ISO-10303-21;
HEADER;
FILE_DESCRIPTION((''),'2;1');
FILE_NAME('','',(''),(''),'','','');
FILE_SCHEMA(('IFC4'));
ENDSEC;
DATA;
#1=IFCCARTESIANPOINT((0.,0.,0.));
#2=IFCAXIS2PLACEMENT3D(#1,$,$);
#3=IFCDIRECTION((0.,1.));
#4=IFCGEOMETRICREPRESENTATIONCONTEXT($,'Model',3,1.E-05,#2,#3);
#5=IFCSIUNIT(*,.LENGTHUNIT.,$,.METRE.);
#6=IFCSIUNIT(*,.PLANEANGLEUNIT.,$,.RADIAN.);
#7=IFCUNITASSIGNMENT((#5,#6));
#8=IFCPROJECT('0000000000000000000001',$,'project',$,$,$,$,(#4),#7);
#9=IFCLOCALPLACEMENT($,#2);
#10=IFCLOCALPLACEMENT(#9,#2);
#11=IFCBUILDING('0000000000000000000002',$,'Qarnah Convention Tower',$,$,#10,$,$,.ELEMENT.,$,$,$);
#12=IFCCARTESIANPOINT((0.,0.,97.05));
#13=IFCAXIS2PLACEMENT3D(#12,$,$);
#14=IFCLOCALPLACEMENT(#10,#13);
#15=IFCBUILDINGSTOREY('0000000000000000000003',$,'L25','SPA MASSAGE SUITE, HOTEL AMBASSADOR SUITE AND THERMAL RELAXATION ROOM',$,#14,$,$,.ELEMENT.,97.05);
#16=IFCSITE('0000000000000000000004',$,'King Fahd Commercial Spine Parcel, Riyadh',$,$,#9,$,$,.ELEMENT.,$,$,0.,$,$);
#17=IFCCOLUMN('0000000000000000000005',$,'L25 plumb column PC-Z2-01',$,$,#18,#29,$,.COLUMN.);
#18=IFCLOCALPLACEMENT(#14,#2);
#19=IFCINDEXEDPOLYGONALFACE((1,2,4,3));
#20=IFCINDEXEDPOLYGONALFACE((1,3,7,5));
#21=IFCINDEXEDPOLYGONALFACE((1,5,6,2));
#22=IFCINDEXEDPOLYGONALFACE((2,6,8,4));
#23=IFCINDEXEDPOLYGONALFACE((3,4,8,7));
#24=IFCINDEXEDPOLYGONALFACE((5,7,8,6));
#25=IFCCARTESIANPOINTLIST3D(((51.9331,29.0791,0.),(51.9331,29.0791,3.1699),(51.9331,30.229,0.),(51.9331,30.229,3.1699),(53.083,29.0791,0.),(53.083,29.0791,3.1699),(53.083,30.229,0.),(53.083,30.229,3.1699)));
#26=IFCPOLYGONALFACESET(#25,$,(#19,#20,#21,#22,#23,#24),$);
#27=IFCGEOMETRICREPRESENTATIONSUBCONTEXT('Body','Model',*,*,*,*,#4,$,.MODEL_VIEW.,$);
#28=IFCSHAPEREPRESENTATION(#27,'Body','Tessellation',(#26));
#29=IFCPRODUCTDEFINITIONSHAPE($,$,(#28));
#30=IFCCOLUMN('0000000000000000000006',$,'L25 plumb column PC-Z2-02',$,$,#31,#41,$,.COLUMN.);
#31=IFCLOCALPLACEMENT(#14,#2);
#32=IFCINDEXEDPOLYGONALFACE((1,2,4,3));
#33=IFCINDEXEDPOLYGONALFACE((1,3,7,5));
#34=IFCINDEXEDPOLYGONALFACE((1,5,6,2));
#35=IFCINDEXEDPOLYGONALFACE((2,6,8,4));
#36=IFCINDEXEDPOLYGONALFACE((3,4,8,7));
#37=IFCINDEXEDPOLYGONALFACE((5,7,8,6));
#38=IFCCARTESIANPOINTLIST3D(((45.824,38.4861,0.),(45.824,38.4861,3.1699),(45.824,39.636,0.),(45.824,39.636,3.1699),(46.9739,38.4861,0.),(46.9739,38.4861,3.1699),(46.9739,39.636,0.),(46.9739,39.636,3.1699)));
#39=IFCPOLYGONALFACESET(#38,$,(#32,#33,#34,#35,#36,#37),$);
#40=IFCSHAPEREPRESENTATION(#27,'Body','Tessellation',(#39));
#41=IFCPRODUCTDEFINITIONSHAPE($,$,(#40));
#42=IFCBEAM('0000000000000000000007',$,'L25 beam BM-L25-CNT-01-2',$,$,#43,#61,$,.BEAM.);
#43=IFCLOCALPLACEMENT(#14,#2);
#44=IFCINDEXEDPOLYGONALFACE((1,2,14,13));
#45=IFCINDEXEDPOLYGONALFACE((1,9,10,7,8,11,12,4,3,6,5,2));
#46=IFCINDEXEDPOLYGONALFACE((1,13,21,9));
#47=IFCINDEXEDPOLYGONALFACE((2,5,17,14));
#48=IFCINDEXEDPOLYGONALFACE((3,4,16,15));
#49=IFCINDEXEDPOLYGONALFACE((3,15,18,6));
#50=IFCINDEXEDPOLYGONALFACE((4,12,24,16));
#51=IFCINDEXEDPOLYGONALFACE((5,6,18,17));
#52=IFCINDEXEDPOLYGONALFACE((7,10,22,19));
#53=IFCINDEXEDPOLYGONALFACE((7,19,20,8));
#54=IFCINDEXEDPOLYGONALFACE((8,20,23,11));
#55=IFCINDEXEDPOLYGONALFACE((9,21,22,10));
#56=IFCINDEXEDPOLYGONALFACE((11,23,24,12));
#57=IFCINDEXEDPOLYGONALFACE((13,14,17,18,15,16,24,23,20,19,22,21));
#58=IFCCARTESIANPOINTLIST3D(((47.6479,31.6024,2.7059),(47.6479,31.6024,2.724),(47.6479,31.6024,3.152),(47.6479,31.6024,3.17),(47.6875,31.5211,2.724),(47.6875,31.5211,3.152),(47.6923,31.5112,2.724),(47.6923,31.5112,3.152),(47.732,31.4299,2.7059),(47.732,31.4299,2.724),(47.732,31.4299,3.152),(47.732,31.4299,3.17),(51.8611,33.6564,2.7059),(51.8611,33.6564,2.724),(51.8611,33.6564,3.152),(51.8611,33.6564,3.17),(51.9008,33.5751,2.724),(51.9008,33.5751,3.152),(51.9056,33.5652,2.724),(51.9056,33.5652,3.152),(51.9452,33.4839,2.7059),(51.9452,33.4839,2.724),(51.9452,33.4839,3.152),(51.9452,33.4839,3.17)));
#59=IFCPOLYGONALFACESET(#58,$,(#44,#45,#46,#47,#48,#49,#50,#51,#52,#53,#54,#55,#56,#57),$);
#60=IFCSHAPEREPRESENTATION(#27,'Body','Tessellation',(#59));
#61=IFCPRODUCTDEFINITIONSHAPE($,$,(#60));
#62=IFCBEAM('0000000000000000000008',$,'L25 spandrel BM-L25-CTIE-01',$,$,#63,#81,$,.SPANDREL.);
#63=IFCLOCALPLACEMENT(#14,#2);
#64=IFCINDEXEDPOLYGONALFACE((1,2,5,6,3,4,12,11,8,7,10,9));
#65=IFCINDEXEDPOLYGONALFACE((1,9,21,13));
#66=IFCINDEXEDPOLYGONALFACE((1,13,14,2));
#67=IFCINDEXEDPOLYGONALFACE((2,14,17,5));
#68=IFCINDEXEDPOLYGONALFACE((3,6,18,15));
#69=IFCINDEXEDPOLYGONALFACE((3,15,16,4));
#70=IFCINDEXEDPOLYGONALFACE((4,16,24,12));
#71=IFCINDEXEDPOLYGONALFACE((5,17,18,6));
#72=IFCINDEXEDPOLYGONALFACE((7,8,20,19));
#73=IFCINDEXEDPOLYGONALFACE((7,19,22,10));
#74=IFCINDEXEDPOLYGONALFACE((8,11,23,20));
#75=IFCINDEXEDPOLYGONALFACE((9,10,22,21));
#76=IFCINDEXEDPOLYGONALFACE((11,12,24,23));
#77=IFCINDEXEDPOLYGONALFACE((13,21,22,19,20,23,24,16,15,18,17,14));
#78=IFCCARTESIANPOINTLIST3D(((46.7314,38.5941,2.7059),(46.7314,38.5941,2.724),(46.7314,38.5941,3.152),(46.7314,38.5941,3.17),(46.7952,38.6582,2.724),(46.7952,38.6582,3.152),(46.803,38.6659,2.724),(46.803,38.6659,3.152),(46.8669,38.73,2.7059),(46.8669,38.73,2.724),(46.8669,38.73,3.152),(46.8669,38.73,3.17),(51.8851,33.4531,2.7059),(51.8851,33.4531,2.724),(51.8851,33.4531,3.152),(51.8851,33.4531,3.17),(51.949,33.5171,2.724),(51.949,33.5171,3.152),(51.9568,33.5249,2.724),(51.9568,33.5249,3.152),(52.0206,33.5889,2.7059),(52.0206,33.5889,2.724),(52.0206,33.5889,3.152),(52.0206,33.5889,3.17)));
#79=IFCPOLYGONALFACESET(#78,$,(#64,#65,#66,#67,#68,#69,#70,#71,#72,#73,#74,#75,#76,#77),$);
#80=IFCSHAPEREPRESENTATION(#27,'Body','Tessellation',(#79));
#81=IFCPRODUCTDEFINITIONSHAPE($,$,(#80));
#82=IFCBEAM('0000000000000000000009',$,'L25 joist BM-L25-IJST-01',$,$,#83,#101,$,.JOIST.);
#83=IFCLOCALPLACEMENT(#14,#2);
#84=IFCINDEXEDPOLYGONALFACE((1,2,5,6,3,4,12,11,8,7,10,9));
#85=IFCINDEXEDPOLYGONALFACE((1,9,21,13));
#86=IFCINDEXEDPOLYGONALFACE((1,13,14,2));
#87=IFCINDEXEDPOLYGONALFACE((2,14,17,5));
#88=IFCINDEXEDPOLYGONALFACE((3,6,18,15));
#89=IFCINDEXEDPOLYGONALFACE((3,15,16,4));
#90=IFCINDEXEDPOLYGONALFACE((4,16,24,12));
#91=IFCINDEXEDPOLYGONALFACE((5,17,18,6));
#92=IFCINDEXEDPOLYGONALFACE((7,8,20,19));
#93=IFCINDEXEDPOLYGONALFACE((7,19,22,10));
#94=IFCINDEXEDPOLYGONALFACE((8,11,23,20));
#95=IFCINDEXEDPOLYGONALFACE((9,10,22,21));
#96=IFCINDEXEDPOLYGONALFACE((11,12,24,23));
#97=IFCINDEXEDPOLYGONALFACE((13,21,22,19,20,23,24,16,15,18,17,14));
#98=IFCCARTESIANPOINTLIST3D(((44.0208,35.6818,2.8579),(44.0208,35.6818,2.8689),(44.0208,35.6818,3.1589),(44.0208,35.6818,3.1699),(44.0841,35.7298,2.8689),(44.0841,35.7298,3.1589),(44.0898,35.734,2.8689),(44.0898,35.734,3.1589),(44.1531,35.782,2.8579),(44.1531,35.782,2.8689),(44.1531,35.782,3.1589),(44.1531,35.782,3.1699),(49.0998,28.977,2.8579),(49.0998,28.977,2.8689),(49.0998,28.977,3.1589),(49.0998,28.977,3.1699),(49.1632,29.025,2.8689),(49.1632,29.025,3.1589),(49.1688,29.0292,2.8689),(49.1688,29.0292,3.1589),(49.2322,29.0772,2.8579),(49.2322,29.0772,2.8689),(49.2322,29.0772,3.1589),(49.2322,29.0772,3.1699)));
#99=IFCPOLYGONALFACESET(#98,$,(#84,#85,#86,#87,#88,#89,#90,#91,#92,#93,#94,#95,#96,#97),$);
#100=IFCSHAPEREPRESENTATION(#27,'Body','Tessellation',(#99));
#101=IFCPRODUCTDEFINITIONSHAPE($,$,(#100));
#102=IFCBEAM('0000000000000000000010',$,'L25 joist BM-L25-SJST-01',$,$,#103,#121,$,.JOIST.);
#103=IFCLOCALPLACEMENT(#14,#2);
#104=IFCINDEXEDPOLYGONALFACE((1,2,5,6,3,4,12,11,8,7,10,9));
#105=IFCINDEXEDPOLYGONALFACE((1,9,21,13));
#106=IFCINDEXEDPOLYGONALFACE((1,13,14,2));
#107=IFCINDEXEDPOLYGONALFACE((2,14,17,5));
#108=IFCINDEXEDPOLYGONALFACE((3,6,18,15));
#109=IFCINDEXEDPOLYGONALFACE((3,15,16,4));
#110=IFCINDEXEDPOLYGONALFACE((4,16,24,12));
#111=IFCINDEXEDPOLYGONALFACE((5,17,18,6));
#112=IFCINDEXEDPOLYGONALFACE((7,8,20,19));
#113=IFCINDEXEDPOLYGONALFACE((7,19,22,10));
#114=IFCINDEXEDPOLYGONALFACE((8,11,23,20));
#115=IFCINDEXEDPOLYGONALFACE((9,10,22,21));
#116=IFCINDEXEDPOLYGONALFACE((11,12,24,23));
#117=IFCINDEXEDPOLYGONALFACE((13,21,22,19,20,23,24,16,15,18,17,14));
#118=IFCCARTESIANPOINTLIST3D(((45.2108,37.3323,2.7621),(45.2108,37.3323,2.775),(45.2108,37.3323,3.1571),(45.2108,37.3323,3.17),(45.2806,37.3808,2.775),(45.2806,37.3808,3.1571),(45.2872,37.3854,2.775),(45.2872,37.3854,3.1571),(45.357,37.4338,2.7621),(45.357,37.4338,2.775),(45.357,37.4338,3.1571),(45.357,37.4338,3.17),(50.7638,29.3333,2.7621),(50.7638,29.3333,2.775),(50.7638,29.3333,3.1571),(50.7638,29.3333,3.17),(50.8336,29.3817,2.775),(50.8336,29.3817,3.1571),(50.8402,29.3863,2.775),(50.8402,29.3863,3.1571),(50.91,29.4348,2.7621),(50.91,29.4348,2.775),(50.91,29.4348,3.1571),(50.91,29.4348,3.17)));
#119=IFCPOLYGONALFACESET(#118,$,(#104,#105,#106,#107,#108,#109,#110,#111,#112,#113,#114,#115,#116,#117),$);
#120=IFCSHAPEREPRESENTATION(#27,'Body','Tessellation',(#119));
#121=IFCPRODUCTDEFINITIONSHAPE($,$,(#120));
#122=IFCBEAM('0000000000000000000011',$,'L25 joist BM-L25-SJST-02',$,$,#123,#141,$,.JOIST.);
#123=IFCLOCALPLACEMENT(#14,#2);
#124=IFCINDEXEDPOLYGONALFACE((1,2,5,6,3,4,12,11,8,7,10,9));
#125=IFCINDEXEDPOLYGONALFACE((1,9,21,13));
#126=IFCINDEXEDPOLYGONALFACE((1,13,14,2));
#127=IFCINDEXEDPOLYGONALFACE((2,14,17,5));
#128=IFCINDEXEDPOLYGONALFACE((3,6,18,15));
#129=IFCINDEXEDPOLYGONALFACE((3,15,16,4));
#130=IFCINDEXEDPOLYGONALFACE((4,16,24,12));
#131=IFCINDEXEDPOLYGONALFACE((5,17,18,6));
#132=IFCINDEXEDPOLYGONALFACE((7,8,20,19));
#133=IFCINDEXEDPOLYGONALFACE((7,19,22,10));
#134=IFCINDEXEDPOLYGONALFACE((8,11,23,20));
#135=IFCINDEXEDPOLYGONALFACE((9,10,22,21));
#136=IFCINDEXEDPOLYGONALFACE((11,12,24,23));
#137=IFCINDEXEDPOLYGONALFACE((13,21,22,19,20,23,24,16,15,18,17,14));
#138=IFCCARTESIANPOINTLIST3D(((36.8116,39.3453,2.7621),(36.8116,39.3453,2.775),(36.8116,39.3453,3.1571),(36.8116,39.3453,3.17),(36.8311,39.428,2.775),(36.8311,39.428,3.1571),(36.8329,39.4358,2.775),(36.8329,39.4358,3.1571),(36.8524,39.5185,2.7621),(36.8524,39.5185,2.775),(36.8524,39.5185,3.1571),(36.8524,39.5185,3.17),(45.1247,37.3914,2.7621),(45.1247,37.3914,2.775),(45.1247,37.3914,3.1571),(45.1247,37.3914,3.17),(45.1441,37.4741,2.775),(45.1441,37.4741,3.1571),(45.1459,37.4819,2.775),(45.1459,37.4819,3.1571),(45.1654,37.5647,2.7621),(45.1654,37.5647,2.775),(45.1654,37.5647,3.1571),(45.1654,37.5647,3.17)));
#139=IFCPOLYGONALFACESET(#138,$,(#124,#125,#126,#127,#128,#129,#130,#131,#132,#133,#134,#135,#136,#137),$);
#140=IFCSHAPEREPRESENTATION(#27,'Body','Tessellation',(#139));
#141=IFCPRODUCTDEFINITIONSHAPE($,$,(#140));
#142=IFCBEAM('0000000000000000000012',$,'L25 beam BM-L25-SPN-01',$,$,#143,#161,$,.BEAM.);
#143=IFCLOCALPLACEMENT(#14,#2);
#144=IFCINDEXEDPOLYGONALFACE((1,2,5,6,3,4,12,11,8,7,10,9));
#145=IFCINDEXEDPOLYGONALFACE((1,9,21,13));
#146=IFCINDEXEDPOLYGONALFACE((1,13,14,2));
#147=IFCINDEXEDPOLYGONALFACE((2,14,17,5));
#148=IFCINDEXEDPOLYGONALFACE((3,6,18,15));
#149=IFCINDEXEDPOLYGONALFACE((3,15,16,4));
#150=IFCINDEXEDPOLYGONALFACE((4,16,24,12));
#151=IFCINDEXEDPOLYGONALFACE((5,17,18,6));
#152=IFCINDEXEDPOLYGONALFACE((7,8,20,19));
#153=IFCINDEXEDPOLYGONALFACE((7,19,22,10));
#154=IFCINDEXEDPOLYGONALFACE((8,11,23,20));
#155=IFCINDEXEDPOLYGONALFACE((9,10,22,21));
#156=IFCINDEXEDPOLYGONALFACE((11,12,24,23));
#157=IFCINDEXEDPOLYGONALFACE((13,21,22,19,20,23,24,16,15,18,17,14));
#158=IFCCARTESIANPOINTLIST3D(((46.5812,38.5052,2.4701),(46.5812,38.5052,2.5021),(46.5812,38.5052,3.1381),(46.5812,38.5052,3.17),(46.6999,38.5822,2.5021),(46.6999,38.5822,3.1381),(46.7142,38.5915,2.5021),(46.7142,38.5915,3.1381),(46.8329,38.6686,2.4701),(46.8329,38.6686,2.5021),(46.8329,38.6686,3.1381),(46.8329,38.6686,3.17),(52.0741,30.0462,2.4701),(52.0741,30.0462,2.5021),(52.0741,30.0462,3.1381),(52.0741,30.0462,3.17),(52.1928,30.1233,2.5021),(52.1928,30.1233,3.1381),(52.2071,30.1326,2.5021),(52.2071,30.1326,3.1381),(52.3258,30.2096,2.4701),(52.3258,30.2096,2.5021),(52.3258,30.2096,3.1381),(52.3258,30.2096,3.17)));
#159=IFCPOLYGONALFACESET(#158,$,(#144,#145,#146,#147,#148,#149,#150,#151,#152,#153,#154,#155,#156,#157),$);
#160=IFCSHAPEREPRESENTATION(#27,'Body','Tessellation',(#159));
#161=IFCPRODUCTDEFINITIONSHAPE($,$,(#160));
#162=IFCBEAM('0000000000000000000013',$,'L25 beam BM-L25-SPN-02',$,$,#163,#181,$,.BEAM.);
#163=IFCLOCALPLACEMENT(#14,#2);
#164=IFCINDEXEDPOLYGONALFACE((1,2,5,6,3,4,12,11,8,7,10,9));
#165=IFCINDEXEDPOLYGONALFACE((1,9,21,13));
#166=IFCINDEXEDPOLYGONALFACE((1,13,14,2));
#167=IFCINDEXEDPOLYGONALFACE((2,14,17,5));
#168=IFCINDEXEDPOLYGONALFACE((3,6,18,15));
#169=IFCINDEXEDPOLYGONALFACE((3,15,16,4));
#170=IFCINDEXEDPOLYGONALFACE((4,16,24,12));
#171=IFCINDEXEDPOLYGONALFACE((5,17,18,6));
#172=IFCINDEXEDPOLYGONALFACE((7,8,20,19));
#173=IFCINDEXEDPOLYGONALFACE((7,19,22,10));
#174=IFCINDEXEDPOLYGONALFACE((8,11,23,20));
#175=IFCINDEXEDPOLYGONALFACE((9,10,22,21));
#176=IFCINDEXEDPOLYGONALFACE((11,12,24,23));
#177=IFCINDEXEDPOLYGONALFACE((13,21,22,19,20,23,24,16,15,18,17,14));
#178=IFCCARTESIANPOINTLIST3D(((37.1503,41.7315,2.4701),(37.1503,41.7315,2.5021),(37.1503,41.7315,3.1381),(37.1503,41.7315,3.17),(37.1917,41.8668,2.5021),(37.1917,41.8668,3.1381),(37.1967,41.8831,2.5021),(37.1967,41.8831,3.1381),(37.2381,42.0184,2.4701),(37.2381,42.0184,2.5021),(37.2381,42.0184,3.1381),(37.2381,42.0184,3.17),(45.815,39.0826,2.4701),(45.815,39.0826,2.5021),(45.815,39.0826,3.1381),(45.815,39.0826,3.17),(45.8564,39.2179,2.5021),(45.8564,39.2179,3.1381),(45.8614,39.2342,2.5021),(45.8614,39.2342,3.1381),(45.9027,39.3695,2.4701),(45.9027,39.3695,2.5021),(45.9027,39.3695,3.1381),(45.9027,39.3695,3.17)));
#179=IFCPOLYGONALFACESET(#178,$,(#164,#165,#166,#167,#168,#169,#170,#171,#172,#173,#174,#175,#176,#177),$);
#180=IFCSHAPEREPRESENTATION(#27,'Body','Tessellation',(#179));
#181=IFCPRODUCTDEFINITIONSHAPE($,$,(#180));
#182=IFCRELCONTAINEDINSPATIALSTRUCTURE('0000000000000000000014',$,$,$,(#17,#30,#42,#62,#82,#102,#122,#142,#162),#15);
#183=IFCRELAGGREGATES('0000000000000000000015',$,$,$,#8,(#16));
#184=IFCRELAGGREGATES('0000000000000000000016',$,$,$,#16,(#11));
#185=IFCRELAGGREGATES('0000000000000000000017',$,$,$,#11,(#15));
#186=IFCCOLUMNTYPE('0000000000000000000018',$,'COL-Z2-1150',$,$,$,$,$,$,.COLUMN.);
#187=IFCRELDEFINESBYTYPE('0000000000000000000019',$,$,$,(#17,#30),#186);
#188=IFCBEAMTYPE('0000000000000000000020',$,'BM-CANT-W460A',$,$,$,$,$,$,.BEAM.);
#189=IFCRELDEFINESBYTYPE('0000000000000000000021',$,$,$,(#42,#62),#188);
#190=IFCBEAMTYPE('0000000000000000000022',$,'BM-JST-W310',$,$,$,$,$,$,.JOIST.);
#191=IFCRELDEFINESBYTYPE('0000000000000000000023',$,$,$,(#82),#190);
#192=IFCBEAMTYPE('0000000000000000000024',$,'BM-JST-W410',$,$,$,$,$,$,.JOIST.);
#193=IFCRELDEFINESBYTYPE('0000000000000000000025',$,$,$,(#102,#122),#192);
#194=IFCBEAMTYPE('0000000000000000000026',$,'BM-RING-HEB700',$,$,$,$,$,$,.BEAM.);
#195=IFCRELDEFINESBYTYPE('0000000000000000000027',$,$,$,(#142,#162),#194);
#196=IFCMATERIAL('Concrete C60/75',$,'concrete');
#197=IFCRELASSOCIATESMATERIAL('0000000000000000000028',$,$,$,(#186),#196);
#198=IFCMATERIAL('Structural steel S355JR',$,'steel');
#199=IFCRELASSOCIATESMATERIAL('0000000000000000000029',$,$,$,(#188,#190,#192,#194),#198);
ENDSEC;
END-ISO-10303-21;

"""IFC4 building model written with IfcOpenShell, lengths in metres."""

from ifc_helpers import new_model, si_unit, direction, frame, origin, origin_2d, place, context, subcontext, project, spatial, rectangle, i_section, extrude, material, material_profile, profile_set, type_object, element, save


model = new_model("IFC4")

# Units and contexts
model_context = context("Model", 3, precision=1e-05, world=origin(), true_north=direction((0.0, 1.0)))
body_context = subcontext(model_context, "Body", "Model", "MODEL_VIEW")
ifc_project = project(units=[si_unit("LENGTHUNIT", "METRE"), si_unit("PLANEANGLEUNIT", "RADIAN")], contexts=[model_context])

# Site, building, storey
site_placement = place(None, origin())
site = spatial("IfcSite", under=ifc_project, at=site_placement, Name="King Fahd Commercial Spine Parcel, Riyadh", CompositionType="ELEMENT", RefElevation=0.0)
building_placement = place(site_placement, origin())
building = spatial("IfcBuilding", under=site, at=building_placement, Name="Qarnah Convention Tower", CompositionType="ELEMENT")
storey_placement = place(building_placement, frame((0.0, 0.0, 97.05)))
storey = spatial("IfcBuildingStorey", under=building, at=storey_placement, Name="L25", Description="SPA MASSAGE SUITE, HOTEL AMBASSADOR SUITE AND THERMAL RELAXATION ROOM", CompositionType="ELEMENT", Elevation=97.05)

# Columns
ifc_material_1 = material(Name="Concrete C60/75", Category="concrete")
ifc_material_profile_1 = material_profile(ifc_material_1, rectangle(XDim=1.1499, YDim=1.1499, at=origin_2d()), Name="RC-COL-1150X1150")
ifc_profile_set_1 = profile_set([ifc_material_profile_1], Name="Concrete C60/75")
column_type = type_object("IfcColumnType", Name="COL-Z2-1150", PredefinedType="COLUMN", material=ifc_profile_set_1)
for number, where, z_axis, x_axis, name in (
    (1, (52.5081, 29.6541, 0.0), (0.0, 0.0, 1.0), (1.0, 0.0, 0.0), "L25 plumb column PC-Z2-01"),
    (2, (46.3989, 39.061, 0.0), (0.0, 0.0, 1.0), (1.0, 0.0, 0.0), "L25 plumb column PC-Z2-02"),
):
    element("IfcColumn", number, at=place(storey_placement, frame(where, z_axis=z_axis, x_axis=x_axis)), inside=storey, type_object=column_type, Name=name, PredefinedType="COLUMN", context=body_context, shape_type="SweptSolid", body=[
        extrude(rectangle(XDim=1.1499, YDim=1.1499, at=origin_2d()), origin(), (0.0, 0.0, 1.0), 3.1699),
    ])

# Beams
ifc_material_2 = material(Name="Structural steel S355JR", Category="steel")
ifc_material_profile_2 = material_profile(ifc_material_2, i_section(OverallWidth=0.1919, OverallDepth=0.4641, WebThickness=0.011, FlangeThickness=0.0181, at=origin_2d()), Name="W460X89")
ifc_profile_set_2 = profile_set([ifc_material_profile_2], Name="Structural steel S355JR")
beam_type_1 = type_object("IfcBeamType", Name="BM-CANT-W460A", PredefinedType="BEAM", material=ifc_profile_set_2)
beam_1_placement = place(storey_placement, frame((47.6899, 31.5161, 2.938), z_axis=(0.898872, 0.438211, 0.0), x_axis=(-0.438211, 0.898872, 0.0)))
element("IfcBeam", 3, at=beam_1_placement, inside=storey, type_object=beam_type_1, Name="L25 beam BM-L25-CNT-01-2", PredefinedType="BEAM", context=body_context, shape_type="SweptSolid", body=[
    extrude(i_section(OverallWidth=0.1919, OverallDepth=0.4641, WebThickness=0.011, FlangeThickness=0.0181, at=origin_2d()), origin(), (0.0, 0.0, 1.0), 4.6873),
])
beam_2_placement = place(storey_placement, frame((51.9529, 33.521, 2.938), z_axis=(-0.707978, 0.706234, 0.0), x_axis=(-0.706234, -0.707978, 0.0)))
element("IfcBeam", 4, at=beam_2_placement, inside=storey, type_object=beam_type_1, Name="L25 spandrel BM-L25-CTIE-01", PredefinedType="SPANDREL", context=body_context, shape_type="SweptSolid", body=[
    extrude(i_section(OverallWidth=0.1919, OverallDepth=0.4641, WebThickness=0.011, FlangeThickness=0.0181, at=origin_2d()), origin(), (0.0, 0.0, 1.0), 7.2795),
])
ifc_material_profile_3 = material_profile(ifc_material_2, i_section(OverallWidth=0.166, OverallDepth=0.312, WebThickness=0.0071, FlangeThickness=0.011, at=origin_2d()), Name="W310X45")
ifc_profile_set_3 = profile_set([ifc_material_profile_3], Name="Structural steel S355JR")
beam_type_2 = type_object("IfcBeamType", Name="BM-JST-W310", PredefinedType="JOIST", material=ifc_profile_set_3)
beam_3_placement = place(storey_placement, frame((49.166, 29.0271, 3.0139), z_axis=(-0.603834, 0.79711, 0.0), x_axis=(-0.79711, -0.603834, 0.0)))
element("IfcBeam", 5, at=beam_3_placement, inside=storey, type_object=beam_type_2, Name="L25 joist BM-L25-IJST-01", PredefinedType="JOIST", context=body_context, shape_type="SweptSolid", body=[
    extrude(i_section(OverallWidth=0.166, OverallDepth=0.312, WebThickness=0.0071, FlangeThickness=0.011, at=origin_2d()), origin(), (0.0, 0.0, 1.0), 8.4114),
])
ifc_material_profile_4 = material_profile(ifc_material_2, i_section(OverallWidth=0.178, OverallDepth=0.408, WebThickness=0.0081, FlangeThickness=0.0129, at=origin_2d()), Name="W410X60")
ifc_profile_set_4 = profile_set([ifc_material_profile_4], Name="Structural steel S355JR")
beam_type_3 = type_object("IfcBeamType", Name="BM-JST-W410", PredefinedType="JOIST", material=ifc_profile_set_4)
beam_4_placement = place(storey_placement, frame((50.8369, 29.384, 2.9661), z_axis=(-0.570264, 0.821461, 0.0), x_axis=(-0.821461, -0.570264, 0.0)))
element("IfcBeam", 6, at=beam_4_placement, inside=storey, type_object=beam_type_3, Name="L25 joist BM-L25-SJST-01", PredefinedType="JOIST", context=body_context, shape_type="SweptSolid", body=[
    extrude(i_section(OverallWidth=0.178, OverallDepth=0.408, WebThickness=0.0081, FlangeThickness=0.0129, at=origin_2d()), origin(), (0.0, 0.0, 1.0), 9.7375),
])
beam_5_placement = place(storey_placement, frame((45.145, 37.478, 2.9661), z_axis=(-0.973473, 0.228802, 0.0), x_axis=(-0.228802, -0.973473, 0.0)))
element("IfcBeam", 7, at=beam_5_placement, inside=storey, type_object=beam_type_3, Name="L25 joist BM-L25-SJST-02", PredefinedType="JOIST", context=body_context, shape_type="SweptSolid", body=[
    extrude(i_section(OverallWidth=0.178, OverallDepth=0.408, WebThickness=0.0081, FlangeThickness=0.0129, at=origin_2d()), origin(), (0.0, 0.0, 1.0), 8.5396),
])
ifc_material_profile_5 = material_profile(ifc_material_2, i_section(OverallWidth=0.3, OverallDepth=0.7, WebThickness=0.0171, FlangeThickness=0.032, at=origin_2d()), Name="HEB700")
ifc_profile_set_5 = profile_set([ifc_material_profile_5], Name="Structural steel S355JR")
beam_type_4 = type_object("IfcBeamType", Name="BM-RING-HEB700", PredefinedType="BEAM", material=ifc_profile_set_5)
beam_6_placement = place(storey_placement, frame((52.2, 30.1279, 2.8201), z_axis=(-0.544611, 0.838689, 0.0), x_axis=(-0.838689, -0.544611, 0.0)))
element("IfcBeam", 8, at=beam_6_placement, inside=storey, type_object=beam_type_4, Name="L25 beam BM-L25-SPN-01", PredefinedType="BEAM", context=body_context, shape_type="SweptSolid", body=[
    extrude(i_section(OverallWidth=0.3, OverallDepth=0.7, WebThickness=0.0171, FlangeThickness=0.032, at=origin_2d()), origin(), (0.0, 0.0, 1.0), 10.0859),
])
beam_7_placement = place(storey_placement, frame((45.8589, 39.2261, 2.8201), z_axis=(-0.95631, 0.292355, 0.0), x_axis=(-0.292355, -0.95631, 0.0)))
element("IfcBeam", 9, at=beam_7_placement, inside=storey, type_object=beam_type_4, Name="L25 beam BM-L25-SPN-02", PredefinedType="BEAM", context=body_context, shape_type="SweptSolid", body=[
    extrude(i_section(OverallWidth=0.3, OverallDepth=0.7, WebThickness=0.0171, FlangeThickness=0.032, at=origin_2d()), origin(), (0.0, 0.0, 1.0), 9.0605),
])

save(model, "model.ifc")
